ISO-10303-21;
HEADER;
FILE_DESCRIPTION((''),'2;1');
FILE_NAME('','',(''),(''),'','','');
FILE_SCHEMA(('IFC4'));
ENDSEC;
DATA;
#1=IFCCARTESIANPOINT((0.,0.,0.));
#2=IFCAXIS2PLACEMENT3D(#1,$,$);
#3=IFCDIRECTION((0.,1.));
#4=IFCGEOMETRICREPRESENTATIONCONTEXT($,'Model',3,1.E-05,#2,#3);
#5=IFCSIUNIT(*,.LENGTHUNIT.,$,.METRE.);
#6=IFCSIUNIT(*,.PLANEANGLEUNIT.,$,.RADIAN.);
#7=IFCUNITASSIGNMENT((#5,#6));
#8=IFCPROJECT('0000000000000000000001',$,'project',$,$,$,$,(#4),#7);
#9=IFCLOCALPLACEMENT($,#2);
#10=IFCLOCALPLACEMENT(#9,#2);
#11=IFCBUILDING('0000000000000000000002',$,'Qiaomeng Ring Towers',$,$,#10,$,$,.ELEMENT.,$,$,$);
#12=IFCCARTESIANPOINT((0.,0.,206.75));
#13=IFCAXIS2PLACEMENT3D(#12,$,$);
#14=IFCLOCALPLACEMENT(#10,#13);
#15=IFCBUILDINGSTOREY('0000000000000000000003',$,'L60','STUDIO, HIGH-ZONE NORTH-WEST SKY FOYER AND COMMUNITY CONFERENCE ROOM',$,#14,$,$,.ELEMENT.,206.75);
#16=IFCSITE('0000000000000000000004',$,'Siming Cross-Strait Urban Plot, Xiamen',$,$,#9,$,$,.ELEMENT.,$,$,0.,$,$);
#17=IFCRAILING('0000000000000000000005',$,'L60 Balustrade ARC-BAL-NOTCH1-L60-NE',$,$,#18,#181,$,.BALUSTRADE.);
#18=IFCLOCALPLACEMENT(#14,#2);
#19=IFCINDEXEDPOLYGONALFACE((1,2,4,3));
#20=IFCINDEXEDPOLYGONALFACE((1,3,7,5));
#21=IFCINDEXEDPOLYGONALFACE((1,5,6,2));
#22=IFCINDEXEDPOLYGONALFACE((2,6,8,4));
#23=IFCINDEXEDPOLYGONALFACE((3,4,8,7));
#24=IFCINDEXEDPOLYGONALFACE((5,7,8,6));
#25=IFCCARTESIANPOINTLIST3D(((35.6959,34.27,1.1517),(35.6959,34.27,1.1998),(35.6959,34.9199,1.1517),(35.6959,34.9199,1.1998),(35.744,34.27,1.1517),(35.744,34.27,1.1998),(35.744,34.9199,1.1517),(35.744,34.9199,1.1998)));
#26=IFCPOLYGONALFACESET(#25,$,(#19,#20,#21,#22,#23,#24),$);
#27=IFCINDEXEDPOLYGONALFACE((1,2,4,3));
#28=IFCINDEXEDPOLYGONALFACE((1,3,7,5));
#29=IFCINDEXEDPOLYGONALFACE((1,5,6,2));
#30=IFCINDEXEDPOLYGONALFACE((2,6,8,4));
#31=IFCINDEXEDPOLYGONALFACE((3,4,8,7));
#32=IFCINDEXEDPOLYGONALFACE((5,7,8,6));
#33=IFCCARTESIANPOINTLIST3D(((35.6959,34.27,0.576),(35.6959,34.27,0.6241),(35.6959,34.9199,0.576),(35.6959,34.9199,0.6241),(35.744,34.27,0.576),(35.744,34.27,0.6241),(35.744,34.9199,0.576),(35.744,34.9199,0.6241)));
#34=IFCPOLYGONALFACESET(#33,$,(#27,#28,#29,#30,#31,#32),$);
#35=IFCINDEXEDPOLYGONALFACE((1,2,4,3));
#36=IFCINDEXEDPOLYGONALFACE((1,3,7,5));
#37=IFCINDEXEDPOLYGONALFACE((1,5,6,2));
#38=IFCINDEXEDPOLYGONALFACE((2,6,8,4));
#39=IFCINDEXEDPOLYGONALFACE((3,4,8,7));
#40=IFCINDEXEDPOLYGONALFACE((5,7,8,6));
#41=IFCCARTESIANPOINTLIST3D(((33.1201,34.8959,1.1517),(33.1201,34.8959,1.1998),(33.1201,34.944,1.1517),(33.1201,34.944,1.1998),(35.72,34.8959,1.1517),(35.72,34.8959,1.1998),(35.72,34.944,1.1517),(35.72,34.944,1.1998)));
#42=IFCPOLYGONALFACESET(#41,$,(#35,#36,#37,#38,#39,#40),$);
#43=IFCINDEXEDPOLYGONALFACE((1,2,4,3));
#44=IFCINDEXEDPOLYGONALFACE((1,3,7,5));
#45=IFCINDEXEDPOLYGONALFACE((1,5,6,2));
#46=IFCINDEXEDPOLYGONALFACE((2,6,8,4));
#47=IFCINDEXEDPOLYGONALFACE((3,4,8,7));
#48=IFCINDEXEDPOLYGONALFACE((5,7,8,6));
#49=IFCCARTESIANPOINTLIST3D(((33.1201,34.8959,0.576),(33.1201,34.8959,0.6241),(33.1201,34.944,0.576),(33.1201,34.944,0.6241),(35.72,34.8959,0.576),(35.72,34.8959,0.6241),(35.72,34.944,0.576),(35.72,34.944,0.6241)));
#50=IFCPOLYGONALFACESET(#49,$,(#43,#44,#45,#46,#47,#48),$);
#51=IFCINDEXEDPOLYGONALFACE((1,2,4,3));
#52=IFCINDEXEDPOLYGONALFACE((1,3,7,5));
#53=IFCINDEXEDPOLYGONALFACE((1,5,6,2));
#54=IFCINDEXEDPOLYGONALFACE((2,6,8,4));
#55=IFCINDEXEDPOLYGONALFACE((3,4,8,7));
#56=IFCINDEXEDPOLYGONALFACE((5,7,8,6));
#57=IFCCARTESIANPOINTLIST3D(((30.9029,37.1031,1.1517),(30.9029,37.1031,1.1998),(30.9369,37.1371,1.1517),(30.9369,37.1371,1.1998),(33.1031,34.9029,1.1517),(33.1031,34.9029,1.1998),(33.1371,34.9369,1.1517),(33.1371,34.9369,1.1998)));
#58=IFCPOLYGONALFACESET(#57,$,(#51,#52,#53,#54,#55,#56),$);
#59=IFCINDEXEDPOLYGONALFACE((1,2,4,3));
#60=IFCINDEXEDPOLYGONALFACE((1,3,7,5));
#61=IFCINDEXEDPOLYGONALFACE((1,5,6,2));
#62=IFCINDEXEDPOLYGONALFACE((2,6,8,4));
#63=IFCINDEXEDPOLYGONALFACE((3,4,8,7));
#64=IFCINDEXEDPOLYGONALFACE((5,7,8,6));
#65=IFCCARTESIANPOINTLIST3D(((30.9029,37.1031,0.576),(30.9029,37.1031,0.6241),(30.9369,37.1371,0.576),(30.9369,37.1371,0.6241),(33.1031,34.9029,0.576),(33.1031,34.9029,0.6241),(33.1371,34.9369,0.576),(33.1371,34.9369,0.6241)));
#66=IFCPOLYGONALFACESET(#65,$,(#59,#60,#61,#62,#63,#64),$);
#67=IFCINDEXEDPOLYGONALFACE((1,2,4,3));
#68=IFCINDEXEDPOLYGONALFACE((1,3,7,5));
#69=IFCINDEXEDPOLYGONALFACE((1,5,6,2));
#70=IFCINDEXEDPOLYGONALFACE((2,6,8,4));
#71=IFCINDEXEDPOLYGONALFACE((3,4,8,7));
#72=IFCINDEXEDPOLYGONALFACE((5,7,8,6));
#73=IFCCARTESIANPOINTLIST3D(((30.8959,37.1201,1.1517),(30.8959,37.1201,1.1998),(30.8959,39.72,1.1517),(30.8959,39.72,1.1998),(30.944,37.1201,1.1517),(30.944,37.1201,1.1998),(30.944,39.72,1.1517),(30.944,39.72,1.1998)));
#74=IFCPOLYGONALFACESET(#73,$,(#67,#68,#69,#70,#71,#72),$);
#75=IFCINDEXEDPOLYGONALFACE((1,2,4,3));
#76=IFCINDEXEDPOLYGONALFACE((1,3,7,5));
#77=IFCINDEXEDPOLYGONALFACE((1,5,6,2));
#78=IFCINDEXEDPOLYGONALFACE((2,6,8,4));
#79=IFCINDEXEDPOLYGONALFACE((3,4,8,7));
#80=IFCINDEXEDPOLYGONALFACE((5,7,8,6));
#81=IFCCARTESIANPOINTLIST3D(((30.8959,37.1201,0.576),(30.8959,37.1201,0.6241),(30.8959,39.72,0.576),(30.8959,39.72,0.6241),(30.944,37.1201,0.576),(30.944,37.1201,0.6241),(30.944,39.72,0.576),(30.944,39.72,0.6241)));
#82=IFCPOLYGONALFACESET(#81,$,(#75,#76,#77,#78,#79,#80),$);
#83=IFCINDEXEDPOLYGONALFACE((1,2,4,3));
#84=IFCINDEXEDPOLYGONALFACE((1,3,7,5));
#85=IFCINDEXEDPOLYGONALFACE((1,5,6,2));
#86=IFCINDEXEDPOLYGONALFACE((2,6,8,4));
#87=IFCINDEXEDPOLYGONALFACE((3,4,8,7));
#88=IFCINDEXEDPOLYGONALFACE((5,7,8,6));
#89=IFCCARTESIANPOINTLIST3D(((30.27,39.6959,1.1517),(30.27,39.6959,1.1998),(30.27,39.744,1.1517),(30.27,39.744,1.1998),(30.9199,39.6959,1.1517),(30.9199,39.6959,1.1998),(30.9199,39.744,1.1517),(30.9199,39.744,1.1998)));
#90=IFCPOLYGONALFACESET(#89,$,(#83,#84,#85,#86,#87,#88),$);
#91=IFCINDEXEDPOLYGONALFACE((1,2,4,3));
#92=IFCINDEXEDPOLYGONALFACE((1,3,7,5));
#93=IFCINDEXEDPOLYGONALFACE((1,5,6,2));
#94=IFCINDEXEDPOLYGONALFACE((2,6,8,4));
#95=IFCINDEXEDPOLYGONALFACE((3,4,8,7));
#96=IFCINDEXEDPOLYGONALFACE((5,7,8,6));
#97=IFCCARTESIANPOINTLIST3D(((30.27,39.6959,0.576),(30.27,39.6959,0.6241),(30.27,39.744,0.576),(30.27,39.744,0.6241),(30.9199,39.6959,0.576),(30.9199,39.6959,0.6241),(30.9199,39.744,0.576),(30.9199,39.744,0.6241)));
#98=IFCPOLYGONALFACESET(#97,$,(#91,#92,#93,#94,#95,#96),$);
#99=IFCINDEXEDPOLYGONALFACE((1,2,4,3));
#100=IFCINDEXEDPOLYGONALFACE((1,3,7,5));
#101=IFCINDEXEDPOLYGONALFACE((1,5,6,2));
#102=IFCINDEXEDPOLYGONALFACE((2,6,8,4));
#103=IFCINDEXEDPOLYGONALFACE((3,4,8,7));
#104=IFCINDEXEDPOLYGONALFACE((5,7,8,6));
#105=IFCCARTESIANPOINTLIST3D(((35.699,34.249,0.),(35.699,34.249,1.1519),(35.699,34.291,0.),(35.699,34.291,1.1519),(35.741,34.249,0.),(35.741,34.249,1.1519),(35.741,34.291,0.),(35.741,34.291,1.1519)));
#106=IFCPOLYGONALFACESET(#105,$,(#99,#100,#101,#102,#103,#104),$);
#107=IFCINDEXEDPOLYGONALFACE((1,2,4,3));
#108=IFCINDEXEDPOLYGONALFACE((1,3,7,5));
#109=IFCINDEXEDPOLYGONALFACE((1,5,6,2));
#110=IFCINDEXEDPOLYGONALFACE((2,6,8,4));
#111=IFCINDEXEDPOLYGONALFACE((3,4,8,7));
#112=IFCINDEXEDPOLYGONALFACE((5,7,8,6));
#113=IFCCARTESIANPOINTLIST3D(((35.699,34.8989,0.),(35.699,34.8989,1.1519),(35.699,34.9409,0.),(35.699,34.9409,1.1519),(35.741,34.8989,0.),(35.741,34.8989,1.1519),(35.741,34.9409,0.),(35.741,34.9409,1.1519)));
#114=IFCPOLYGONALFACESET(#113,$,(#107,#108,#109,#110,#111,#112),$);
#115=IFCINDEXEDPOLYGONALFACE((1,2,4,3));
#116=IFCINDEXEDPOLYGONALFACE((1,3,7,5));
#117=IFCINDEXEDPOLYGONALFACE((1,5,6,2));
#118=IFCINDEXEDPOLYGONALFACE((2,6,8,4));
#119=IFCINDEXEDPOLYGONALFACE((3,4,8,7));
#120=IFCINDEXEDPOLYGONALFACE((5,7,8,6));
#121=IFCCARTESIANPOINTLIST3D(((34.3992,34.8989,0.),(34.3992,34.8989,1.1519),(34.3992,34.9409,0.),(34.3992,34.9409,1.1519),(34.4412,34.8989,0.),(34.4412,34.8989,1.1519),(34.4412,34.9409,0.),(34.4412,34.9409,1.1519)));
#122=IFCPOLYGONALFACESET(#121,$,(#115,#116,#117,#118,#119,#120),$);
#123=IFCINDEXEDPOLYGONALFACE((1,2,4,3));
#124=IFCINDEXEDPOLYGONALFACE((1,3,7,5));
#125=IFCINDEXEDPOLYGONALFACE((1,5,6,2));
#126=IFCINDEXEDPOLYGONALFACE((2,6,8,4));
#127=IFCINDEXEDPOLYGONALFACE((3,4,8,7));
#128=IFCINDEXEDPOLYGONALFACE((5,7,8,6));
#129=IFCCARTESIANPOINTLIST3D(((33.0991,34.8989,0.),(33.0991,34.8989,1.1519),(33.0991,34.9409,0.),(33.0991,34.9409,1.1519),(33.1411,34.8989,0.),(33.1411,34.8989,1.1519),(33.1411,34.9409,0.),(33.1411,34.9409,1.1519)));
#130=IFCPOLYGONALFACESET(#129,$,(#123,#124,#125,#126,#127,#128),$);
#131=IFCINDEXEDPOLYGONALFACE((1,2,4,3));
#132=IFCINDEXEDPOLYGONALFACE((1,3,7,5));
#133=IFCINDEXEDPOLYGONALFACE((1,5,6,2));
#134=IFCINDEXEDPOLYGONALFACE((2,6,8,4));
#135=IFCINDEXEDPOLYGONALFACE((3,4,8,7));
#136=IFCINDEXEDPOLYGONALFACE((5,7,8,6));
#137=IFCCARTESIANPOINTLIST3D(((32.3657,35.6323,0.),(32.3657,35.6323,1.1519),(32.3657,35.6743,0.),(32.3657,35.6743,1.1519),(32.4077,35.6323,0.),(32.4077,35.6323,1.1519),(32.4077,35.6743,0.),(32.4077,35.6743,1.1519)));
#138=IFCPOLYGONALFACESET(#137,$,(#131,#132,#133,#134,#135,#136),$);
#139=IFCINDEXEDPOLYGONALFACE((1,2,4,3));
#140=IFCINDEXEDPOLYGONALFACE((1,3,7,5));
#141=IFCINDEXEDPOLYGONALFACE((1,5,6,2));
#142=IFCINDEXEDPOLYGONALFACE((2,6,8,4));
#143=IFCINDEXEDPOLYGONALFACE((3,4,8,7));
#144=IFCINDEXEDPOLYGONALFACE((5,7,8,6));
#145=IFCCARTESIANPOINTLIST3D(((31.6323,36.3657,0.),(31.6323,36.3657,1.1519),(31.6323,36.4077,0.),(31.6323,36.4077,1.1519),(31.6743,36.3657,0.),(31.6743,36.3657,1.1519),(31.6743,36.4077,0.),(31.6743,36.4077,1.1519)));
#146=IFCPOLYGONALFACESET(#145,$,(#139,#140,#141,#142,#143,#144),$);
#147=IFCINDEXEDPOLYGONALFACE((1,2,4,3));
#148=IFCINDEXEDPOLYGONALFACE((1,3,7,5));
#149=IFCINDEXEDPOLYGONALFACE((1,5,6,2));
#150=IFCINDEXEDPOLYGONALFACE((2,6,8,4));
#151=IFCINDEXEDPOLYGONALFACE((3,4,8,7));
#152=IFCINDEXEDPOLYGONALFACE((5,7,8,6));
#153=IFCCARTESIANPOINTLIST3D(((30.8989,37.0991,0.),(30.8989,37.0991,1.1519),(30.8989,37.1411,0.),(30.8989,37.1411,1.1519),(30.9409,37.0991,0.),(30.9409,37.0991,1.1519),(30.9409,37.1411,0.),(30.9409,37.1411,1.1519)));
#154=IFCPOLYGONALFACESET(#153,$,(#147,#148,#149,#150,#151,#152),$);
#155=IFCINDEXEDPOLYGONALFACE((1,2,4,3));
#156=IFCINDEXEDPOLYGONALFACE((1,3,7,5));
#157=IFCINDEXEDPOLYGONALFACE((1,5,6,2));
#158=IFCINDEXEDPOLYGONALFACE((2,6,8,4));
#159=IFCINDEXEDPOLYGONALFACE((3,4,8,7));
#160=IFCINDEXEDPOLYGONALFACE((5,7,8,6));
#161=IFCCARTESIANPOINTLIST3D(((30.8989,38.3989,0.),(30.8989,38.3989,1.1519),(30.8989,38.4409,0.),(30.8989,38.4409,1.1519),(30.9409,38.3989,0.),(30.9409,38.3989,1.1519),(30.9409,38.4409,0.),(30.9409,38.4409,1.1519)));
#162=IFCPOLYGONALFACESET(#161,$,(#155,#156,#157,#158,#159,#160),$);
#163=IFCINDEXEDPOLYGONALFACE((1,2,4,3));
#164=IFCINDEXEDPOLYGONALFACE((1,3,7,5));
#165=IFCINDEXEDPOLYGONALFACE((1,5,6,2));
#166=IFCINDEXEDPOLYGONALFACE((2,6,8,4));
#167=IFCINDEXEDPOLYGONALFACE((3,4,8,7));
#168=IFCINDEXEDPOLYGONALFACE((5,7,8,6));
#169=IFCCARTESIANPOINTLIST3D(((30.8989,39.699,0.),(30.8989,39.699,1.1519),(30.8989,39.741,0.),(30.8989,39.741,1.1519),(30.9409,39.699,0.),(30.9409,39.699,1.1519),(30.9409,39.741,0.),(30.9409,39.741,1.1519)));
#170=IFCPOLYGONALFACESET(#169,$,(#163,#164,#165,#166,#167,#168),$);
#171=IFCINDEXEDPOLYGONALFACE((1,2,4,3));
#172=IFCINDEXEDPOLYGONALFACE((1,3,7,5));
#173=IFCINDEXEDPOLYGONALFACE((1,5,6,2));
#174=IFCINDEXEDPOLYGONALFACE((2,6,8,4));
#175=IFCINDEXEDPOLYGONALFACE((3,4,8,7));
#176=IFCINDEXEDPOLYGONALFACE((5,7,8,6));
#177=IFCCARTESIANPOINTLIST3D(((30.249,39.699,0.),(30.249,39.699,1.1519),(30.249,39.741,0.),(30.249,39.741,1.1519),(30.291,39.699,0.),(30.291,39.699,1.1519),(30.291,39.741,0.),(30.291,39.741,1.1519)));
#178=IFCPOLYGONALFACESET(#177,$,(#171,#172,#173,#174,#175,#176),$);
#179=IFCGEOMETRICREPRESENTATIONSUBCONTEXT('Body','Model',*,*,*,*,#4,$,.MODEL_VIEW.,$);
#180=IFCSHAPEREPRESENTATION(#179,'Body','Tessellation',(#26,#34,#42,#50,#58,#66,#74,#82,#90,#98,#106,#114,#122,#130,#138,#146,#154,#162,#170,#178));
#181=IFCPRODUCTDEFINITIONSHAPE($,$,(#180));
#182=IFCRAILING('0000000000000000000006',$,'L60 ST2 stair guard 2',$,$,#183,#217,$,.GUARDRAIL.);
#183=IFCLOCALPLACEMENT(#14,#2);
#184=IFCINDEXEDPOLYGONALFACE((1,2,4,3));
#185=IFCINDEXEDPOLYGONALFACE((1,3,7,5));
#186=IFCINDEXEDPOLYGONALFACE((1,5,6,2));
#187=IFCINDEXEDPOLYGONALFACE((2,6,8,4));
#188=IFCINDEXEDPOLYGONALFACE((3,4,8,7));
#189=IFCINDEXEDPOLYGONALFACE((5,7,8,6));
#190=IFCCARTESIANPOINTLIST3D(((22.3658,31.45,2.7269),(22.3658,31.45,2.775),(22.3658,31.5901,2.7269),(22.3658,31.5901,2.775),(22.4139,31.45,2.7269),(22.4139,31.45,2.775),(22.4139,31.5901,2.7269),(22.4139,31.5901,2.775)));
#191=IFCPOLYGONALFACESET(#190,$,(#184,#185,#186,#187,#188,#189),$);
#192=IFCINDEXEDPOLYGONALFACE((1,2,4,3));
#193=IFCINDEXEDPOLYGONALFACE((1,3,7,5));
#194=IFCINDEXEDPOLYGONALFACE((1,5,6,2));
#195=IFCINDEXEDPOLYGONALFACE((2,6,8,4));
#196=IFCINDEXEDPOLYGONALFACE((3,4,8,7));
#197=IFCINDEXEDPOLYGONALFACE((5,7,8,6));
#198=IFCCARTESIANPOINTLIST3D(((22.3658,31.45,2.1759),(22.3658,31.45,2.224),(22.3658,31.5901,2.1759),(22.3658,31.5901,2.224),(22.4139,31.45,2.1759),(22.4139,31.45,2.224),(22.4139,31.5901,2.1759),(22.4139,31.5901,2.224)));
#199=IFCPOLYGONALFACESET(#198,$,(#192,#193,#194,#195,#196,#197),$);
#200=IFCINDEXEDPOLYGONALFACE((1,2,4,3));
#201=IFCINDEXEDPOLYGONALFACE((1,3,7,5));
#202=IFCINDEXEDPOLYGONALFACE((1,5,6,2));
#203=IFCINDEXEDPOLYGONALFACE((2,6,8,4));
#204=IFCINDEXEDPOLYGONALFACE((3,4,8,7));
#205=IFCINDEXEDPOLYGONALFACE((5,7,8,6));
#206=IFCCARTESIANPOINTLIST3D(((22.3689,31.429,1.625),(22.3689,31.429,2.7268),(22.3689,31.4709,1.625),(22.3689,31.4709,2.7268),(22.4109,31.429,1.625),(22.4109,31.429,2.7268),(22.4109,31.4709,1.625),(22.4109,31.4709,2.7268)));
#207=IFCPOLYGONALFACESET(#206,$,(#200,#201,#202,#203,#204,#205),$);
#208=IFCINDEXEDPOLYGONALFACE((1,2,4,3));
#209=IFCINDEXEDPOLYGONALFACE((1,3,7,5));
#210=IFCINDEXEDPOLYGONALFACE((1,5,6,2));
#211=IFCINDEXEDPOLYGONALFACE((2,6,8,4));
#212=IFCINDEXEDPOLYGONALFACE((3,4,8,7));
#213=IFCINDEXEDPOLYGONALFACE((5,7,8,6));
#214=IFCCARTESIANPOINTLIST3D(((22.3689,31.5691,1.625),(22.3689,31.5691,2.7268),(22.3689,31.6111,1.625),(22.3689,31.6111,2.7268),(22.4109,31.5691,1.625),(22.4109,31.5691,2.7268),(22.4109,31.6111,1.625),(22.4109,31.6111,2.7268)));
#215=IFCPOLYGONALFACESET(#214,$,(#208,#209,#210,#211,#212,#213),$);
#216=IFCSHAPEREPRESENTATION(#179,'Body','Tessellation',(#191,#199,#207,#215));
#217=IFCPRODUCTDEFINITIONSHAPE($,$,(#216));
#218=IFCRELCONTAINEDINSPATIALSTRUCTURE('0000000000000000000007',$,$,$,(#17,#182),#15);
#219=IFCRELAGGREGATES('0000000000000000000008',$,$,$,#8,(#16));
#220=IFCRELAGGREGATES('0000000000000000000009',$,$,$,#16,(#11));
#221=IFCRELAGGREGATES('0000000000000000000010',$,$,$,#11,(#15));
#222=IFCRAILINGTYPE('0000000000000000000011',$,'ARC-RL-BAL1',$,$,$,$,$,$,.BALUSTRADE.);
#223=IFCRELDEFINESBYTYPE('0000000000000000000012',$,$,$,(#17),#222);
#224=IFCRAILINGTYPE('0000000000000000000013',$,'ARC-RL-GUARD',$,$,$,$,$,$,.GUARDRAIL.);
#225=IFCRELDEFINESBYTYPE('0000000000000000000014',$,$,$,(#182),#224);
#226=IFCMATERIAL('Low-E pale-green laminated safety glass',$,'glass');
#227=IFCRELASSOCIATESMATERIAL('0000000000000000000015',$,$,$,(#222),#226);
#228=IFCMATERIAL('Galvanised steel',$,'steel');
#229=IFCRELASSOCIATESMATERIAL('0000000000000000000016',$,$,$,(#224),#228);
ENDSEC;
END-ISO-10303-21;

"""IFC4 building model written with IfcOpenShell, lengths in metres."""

from ifc_helpers import new_model, si_unit, direction, frame, origin, origin_2d, place, context, subcontext, project, spatial, rectangle, extrude, material, type_object, element, save


model = new_model("IFC4")

# Units and contexts
model_context = context("Model", 3, precision=1e-05, world=origin(), true_north=direction((0.0, 1.0)))
body_context = subcontext(model_context, "Body", "Model", "MODEL_VIEW")
ifc_project = project(units=[si_unit("LENGTHUNIT", "METRE"), si_unit("PLANEANGLEUNIT", "RADIAN")], contexts=[model_context])

# Site, building, storey
site_placement = place(None, origin())
site = spatial("IfcSite", under=ifc_project, at=site_placement, Name="Siming Cross-Strait Urban Plot, Xiamen", CompositionType="ELEMENT", RefElevation=0.0)
building_placement = place(site_placement, origin())
building = spatial("IfcBuilding", under=site, at=building_placement, Name="Qiaomeng Ring Towers", CompositionType="ELEMENT")
storey_placement = place(building_placement, frame((0.0, 0.0, 206.75)))
storey = spatial("IfcBuildingStorey", under=building, at=storey_placement, Name="L60", Description="STUDIO, HIGH-ZONE NORTH-WEST SKY FOYER AND COMMUNITY CONFERENCE ROOM", CompositionType="ELEMENT", Elevation=206.75)

# Railings
ifc_material_1 = material(Name="Low-E pale-green laminated safety glass", Category="glass")
railing_type_1 = type_object("IfcRailingType", Name="ARC-RL-BAL1", PredefinedType="BALUSTRADE", material=ifc_material_1)
railing_1_placement = place(storey_placement, frame((35.72, 34.27, 0.0)))
element("IfcRailing", 1, at=railing_1_placement, inside=storey, type_object=railing_type_1, Name="L60 Balustrade ARC-BAL-NOTCH1-L60-NE", PredefinedType="BALUSTRADE", context=body_context, shape_type="SweptSolid", body=[
    extrude(rectangle(XDim=0.0481, YDim=0.0481, at=origin_2d()), frame((0.0, 0.0, 1.1758), z_axis=(0.0, 1.0, 0.0), x_axis=(-1.0, 0.0, 0.0)), (0.0, 0.0, 1.0), 0.6499),
    extrude(rectangle(XDim=0.0481, YDim=0.0481, at=origin_2d()), frame((0.0, 0.0, 0.6001), z_axis=(0.0, 1.0, 0.0), x_axis=(-1.0, 0.0, 0.0)), (0.0, 0.0, 1.0), 0.6499),
    extrude(rectangle(XDim=0.0481, YDim=0.0481, at=origin_2d()), frame((0.0, 0.6499, 1.1758), z_axis=(-1.0, 0.0, 0.0), x_axis=(0.0, -1.0, 0.0)), (0.0, 0.0, 1.0), 2.5999),
    extrude(rectangle(XDim=0.0481, YDim=0.0481, at=origin_2d()), frame((0.0, 0.6499, 0.6001), z_axis=(-1.0, 0.0, 0.0), x_axis=(0.0, -1.0, 0.0)), (0.0, 0.0, 1.0), 2.5999),
    extrude(rectangle(XDim=0.0481, YDim=0.0481, at=origin_2d()), frame((-2.5999, 0.6499, 1.1758), z_axis=(-0.707107, 0.707107, 0.0), x_axis=(-0.707107, -0.707107, 0.0)), (0.0, 0.0, 1.0), 3.1116),
    extrude(rectangle(XDim=0.0481, YDim=0.0481, at=origin_2d()), frame((-2.5999, 0.6499, 0.6001), z_axis=(-0.707107, 0.707107, 0.0), x_axis=(-0.707107, -0.707107, 0.0)), (0.0, 0.0, 1.0), 3.1116),
    extrude(rectangle(XDim=0.0481, YDim=0.0481, at=origin_2d()), frame((-4.8, 2.8501, 1.1758), z_axis=(0.0, 1.0, 0.0), x_axis=(-1.0, 0.0, 0.0)), (0.0, 0.0, 1.0), 2.5999),
    extrude(rectangle(XDim=0.0481, YDim=0.0481, at=origin_2d()), frame((-4.8, 2.8501, 0.6001), z_axis=(0.0, 1.0, 0.0), x_axis=(-1.0, 0.0, 0.0)), (0.0, 0.0, 1.0), 2.5999),
    extrude(rectangle(XDim=0.0481, YDim=0.0481, at=origin_2d()), frame((-4.8, 5.45, 1.1758), z_axis=(-1.0, 0.0, 0.0), x_axis=(0.0, -1.0, 0.0)), (0.0, 0.0, 1.0), 0.6499),
    extrude(rectangle(XDim=0.0481, YDim=0.0481, at=origin_2d()), frame((-4.8, 5.45, 0.6001), z_axis=(-1.0, 0.0, 0.0), x_axis=(0.0, -1.0, 0.0)), (0.0, 0.0, 1.0), 0.6499),
    extrude(rectangle(XDim=0.042, YDim=0.042, at=origin_2d()), origin(), (0.0, 0.0, 1.0), 1.1519),
    extrude(rectangle(XDim=0.042, YDim=0.042, at=origin_2d()), frame((0.0, 0.6499, 0.0)), (0.0, 0.0, 1.0), 1.1519),
    extrude(rectangle(XDim=0.042, YDim=0.042, at=origin_2d()), frame((-1.2998, 0.6499, 0.0)), (0.0, 0.0, 1.0), 1.1519),
    extrude(rectangle(XDim=0.042, YDim=0.042, at=origin_2d()), frame((-2.5999, 0.6499, 0.0)), (0.0, 0.0, 1.0), 1.1519),
    extrude(rectangle(XDim=0.042, YDim=0.042, at=origin_2d()), frame((-3.3333, 1.3833, 0.0)), (0.0, 0.0, 1.0), 1.1519),
    extrude(rectangle(XDim=0.042, YDim=0.042, at=origin_2d()), frame((-4.0667, 2.1167, 0.0)), (0.0, 0.0, 1.0), 1.1519),
    extrude(rectangle(XDim=0.042, YDim=0.042, at=origin_2d()), frame((-4.8, 2.8501, 0.0)), (0.0, 0.0, 1.0), 1.1519),
    extrude(rectangle(XDim=0.042, YDim=0.042, at=origin_2d()), frame((-4.8, 4.1499, 0.0)), (0.0, 0.0, 1.0), 1.1519),
    extrude(rectangle(XDim=0.042, YDim=0.042, at=origin_2d()), frame((-4.8, 5.45, 0.0)), (0.0, 0.0, 1.0), 1.1519),
    extrude(rectangle(XDim=0.042, YDim=0.042, at=origin_2d()), frame((-5.45, 5.45, 0.0)), (0.0, 0.0, 1.0), 1.1519),
])
ifc_material_2 = material(Name="Galvanised steel", Category="steel")
railing_type_2 = type_object("IfcRailingType", Name="ARC-RL-GUARD", PredefinedType="GUARDRAIL", material=ifc_material_2)
railing_2_placement = place(storey_placement, frame((22.3899, 31.45, 1.625)))
element("IfcRailing", 2, at=railing_2_placement, inside=storey, type_object=railing_type_2, Name="L60 ST2 stair guard 2", PredefinedType="GUARDRAIL", context=body_context, shape_type="SweptSolid", body=[
    extrude(rectangle(XDim=0.0481, YDim=0.0481, at=origin_2d()), frame((0.0, 0.0, 1.126), z_axis=(0.0, 1.0, 0.0), x_axis=(-1.0, 0.0, 0.0)), (0.0, 0.0, 1.0), 0.1401),
    extrude(rectangle(XDim=0.0481, YDim=0.0481, at=origin_2d()), frame((0.0, 0.0, 0.575), z_axis=(0.0, 1.0, 0.0), x_axis=(-1.0, 0.0, 0.0)), (0.0, 0.0, 1.0), 0.1401),
    extrude(rectangle(XDim=0.042, YDim=0.042, at=origin_2d()), origin(), (0.0, 0.0, 1.0), 1.1018),
    extrude(rectangle(XDim=0.042, YDim=0.042, at=origin_2d()), frame((0.0, 0.1401, 0.0)), (0.0, 0.0, 1.0), 1.1018),
])

save(model, "model.ifc")
